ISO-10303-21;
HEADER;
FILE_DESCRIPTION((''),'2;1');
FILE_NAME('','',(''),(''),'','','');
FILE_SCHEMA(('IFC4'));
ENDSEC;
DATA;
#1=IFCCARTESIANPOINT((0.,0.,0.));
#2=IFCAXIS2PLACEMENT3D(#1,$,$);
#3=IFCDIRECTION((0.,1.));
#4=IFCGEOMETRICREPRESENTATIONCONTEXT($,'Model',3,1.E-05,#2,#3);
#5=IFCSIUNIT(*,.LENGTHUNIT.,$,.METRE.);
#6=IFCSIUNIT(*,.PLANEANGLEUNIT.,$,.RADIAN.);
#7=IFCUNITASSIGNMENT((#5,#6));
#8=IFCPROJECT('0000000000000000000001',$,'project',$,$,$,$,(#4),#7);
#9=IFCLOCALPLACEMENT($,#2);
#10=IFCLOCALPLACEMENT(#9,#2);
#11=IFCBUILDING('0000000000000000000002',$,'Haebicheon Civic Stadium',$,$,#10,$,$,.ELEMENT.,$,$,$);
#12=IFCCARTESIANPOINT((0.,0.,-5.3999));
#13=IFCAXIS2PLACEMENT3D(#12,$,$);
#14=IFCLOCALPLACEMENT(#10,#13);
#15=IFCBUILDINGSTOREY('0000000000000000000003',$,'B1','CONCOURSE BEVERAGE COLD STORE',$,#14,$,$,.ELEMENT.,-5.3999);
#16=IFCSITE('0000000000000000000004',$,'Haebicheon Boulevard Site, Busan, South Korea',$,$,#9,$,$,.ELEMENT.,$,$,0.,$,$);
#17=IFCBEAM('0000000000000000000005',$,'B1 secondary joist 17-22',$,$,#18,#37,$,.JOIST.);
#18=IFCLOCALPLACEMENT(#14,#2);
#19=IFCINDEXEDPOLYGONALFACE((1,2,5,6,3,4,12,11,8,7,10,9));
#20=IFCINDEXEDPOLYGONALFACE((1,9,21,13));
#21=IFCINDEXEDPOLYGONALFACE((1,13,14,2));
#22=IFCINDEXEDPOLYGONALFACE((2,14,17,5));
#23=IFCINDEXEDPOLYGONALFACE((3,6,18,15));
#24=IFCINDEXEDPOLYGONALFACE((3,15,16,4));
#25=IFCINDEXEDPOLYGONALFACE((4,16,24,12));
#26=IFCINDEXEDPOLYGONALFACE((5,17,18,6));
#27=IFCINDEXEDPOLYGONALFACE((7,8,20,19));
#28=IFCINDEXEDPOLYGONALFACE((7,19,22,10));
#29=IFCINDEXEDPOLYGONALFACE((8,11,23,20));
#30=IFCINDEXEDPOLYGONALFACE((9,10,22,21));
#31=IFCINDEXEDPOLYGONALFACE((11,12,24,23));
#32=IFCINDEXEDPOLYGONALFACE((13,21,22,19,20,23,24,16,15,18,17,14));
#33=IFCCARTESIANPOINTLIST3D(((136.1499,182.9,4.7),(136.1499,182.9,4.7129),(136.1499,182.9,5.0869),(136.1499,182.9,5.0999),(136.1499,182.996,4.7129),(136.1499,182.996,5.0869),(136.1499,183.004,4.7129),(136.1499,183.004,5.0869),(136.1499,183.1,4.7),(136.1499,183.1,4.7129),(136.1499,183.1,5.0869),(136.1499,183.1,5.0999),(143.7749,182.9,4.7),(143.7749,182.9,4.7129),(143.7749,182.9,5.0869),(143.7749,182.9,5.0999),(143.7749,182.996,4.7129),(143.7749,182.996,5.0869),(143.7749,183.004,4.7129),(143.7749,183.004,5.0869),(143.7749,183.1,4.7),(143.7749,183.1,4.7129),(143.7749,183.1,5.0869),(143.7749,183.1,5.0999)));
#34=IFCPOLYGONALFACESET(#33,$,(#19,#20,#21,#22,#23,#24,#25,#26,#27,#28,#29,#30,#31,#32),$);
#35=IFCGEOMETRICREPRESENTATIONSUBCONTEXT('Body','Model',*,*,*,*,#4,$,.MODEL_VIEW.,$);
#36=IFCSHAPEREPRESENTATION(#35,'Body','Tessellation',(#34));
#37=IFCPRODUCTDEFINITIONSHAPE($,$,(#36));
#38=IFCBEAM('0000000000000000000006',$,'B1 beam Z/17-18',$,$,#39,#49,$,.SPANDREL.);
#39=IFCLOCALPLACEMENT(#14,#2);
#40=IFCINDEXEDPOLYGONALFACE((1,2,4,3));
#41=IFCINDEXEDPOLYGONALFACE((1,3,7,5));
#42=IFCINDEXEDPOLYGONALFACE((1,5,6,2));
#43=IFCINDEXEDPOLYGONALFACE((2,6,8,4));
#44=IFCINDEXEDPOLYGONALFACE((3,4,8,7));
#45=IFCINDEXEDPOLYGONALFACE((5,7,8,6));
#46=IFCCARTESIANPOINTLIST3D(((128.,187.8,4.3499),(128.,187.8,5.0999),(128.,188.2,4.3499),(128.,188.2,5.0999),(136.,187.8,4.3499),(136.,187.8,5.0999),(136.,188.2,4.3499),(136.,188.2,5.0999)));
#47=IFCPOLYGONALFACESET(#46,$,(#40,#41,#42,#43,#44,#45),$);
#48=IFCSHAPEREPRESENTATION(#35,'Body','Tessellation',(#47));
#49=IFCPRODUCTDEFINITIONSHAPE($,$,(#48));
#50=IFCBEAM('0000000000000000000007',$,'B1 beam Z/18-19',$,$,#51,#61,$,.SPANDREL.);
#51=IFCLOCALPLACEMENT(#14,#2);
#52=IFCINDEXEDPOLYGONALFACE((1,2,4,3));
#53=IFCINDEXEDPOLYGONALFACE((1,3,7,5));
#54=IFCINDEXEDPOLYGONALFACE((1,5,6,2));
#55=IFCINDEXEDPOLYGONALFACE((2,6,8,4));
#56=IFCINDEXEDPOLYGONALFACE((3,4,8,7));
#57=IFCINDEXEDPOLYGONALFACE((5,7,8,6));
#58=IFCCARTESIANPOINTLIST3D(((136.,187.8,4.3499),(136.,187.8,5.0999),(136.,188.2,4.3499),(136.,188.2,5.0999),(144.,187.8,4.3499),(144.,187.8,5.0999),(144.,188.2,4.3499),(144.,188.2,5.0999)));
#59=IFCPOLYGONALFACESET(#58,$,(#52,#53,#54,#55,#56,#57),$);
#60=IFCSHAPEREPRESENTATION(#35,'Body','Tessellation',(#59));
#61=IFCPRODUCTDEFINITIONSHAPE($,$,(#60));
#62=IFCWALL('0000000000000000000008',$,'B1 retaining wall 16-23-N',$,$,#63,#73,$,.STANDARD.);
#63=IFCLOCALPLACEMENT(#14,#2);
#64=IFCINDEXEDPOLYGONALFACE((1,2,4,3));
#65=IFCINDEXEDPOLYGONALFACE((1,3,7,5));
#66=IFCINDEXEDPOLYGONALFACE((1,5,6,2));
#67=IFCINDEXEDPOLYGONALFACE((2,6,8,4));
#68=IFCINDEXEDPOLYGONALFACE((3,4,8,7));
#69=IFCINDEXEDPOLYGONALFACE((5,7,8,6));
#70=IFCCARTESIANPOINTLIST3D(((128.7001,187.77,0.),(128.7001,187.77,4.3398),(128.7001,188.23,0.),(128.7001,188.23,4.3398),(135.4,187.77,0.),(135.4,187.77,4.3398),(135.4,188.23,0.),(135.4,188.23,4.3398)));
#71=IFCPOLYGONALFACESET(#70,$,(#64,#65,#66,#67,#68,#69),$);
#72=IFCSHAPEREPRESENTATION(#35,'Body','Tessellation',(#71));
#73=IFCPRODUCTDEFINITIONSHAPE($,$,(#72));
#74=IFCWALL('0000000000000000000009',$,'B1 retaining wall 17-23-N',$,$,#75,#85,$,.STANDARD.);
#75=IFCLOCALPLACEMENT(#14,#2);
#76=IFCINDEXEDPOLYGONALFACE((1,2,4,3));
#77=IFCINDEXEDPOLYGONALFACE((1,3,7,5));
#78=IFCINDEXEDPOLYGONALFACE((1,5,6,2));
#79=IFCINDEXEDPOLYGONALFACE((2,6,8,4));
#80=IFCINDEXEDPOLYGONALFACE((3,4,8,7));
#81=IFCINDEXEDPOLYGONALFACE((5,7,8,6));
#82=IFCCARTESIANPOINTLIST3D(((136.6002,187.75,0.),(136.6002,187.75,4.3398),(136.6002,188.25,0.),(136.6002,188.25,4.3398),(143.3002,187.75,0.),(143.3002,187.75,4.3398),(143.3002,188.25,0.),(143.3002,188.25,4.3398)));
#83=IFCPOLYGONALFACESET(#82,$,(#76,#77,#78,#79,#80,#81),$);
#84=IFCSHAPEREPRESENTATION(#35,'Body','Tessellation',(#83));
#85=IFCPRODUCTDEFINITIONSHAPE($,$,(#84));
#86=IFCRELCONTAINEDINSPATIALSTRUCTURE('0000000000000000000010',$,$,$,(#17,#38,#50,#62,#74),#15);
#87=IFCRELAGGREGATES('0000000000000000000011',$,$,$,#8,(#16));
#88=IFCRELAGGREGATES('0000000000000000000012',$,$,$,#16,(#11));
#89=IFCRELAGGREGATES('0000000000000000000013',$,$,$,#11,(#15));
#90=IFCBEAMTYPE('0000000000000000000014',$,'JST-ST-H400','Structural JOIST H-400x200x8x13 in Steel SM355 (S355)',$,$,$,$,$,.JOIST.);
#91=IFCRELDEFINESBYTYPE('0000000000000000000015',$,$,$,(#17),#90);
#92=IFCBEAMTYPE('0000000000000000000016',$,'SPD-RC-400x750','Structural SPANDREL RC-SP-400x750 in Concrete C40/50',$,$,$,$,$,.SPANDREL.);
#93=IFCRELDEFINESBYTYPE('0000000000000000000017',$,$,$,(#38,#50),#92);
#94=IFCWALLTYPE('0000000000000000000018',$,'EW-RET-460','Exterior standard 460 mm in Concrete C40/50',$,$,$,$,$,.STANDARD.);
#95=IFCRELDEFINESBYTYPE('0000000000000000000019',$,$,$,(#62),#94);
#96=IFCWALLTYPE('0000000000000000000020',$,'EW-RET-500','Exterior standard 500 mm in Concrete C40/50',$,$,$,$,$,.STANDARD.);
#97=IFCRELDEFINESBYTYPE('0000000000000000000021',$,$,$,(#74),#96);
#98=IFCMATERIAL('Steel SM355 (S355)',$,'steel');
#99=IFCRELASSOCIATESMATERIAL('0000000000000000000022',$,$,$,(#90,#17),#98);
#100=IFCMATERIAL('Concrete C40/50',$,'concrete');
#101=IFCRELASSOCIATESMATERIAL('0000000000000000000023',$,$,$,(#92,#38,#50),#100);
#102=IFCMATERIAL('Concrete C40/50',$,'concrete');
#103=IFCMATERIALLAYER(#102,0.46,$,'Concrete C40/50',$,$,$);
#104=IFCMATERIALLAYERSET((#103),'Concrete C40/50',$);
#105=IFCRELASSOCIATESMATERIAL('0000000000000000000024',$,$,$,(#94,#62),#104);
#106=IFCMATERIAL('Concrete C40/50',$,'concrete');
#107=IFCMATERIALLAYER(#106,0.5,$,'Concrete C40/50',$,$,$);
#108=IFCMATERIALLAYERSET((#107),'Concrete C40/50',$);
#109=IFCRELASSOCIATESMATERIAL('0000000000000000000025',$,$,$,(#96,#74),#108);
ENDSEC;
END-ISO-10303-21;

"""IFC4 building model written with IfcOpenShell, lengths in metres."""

from ifc_helpers import new_model, si_unit, direction, frame, frame_2d, origin, origin_2d, place, context, subcontext, project, spatial, rectangle, i_section, extrude, material, layer, layer_set, material_profile, profile_set, type_object, element, save


model = new_model("IFC4")

# Units and contexts
model_context = context("Model", 3, precision=1e-05, world=origin(), true_north=direction((0.0, 1.0)))
body_context = subcontext(model_context, "Body", "Model", "MODEL_VIEW")
ifc_project = project(units=[si_unit("LENGTHUNIT", "METRE"), si_unit("PLANEANGLEUNIT", "RADIAN")], contexts=[model_context])

# Site, building, storey
site_placement = place(None, origin())
site = spatial("IfcSite", under=ifc_project, at=site_placement, Name="Haebicheon Boulevard Site, Busan, South Korea", CompositionType="ELEMENT", RefElevation=0.0)
building_placement = place(site_placement, origin())
building = spatial("IfcBuilding", under=site, at=building_placement, Name="Haebicheon Civic Stadium", CompositionType="ELEMENT")
storey_placement = place(building_placement, frame((0.0, 0.0, -5.3999)))
storey = spatial("IfcBuildingStorey", under=building, at=storey_placement, Name="B1", Description="CONCOURSE BEVERAGE COLD STORE", CompositionType="ELEMENT", Elevation=-5.3999)

# Beams
ifc_material_1 = material(Name="Steel SM355 (S355)", Category="steel")
ifc_material_profile_1 = material_profile(ifc_material_1, i_section(OverallWidth=0.2, OverallDepth=0.3999, WebThickness=0.0081, FlangeThickness=0.0129, at=origin_2d()), Name="H-400x200x8x13")
ifc_profile_set_1 = profile_set([ifc_material_profile_1], Name="Steel SM355 (S355)")
beam_type_1 = type_object("IfcBeamType", Name="JST-ST-H400", Description="Structural JOIST H-400x200x8x13 in Steel SM355 (S355)", PredefinedType="JOIST", material=ifc_profile_set_1)
beam_1_placement = place(storey_placement, frame((136.1499, 183.0, 4.8999), z_axis=(1.0, 0.0, 0.0), x_axis=(0.0, 1.0, 0.0)))
element("IfcBeam", 1, at=beam_1_placement, inside=storey, type_object=beam_type_1, material=ifc_profile_set_1, Name="B1 secondary joist 17-22", PredefinedType="JOIST", context=body_context, shape_type="SweptSolid", body=[
    extrude(i_section(OverallWidth=0.2, OverallDepth=0.3999, WebThickness=0.0081, FlangeThickness=0.0129, at=origin_2d()), origin(), (0.0, 0.0, 1.0), 7.625),
])
ifc_material_2 = material(Name="Concrete C40/50", Category="concrete")
ifc_material_profile_2 = material_profile(ifc_material_2, rectangle(XDim=0.3999, YDim=0.75, at=origin_2d()), Name="RC-SP-400x750")
ifc_profile_set_2 = profile_set([ifc_material_profile_2], Name="Concrete C40/50")
beam_type_2 = type_object("IfcBeamType", Name="SPD-RC-400x750", Description="Structural SPANDREL RC-SP-400x750 in Concrete C40/50", PredefinedType="SPANDREL", material=ifc_profile_set_2)
for number, where, z_axis, x_axis, name in (
    (2, (128.0, 188.0, 4.7249), (1.0, 0.0, 0.0), (0.0, 1.0, 0.0), "B1 beam Z/17-18"),
    (3, (136.0, 188.0, 4.7249), (1.0, 0.0, 0.0), (0.0, 1.0, 0.0), "B1 beam Z/18-19"),
):
    element("IfcBeam", number, at=place(storey_placement, frame(where, z_axis=z_axis, x_axis=x_axis)), inside=storey, type_object=beam_type_2, material=ifc_profile_set_2, Name=name, PredefinedType="SPANDREL", context=body_context, shape_type="SweptSolid", body=[
        extrude(rectangle(XDim=0.3999, YDim=0.75, at=origin_2d()), origin(), (0.0, 0.0, 1.0), 8.0),
    ])

# Walls
ifc_material_3 = material(Name="Concrete C40/50", Category="concrete")
ifc_layer_1 = layer(ifc_material_3, 0.46, Name="Concrete C40/50")
ifc_layer_set_1 = layer_set([ifc_layer_1], Name="Concrete C40/50")
wall_type_1 = type_object("IfcWallType", Name="EW-RET-460", Description="Exterior standard 460 mm in Concrete C40/50", PredefinedType="STANDARD", material=ifc_layer_set_1)
wall_1_placement = place(storey_placement, frame((128.7, 188.0, 0.0), z_axis=(0.0, 0.0, 1.0), x_axis=(1.0, 0.0, 0.0)))
element("IfcWall", 4, at=wall_1_placement, inside=storey, type_object=wall_type_1, material=ifc_layer_set_1, Name="B1 retaining wall 16-23-N", PredefinedType="STANDARD", context=body_context, shape_type="SweptSolid", body=[
    extrude(rectangle(XDim=6.7, YDim=0.46, at=frame_2d((3.3501, 0.0))), origin(), (0.0, 0.0, 1.0), 4.3398),
])
ifc_material_4 = material(Name="Concrete C40/50", Category="concrete")
ifc_layer_2 = layer(ifc_material_4, 0.5, Name="Concrete C40/50")
ifc_layer_set_2 = layer_set([ifc_layer_2], Name="Concrete C40/50")
wall_type_2 = type_object("IfcWallType", Name="EW-RET-500", Description="Exterior standard 500 mm in Concrete C40/50", PredefinedType="STANDARD", material=ifc_layer_set_2)
wall_2_placement = place(storey_placement, frame((136.6001, 188.0, 0.0), z_axis=(0.0, 0.0, 1.0), x_axis=(1.0, 0.0, 0.0)))
element("IfcWall", 5, at=wall_2_placement, inside=storey, type_object=wall_type_2, material=ifc_layer_set_2, Name="B1 retaining wall 17-23-N", PredefinedType="STANDARD", context=body_context, shape_type="SweptSolid", body=[
    extrude(rectangle(XDim=6.7, YDim=0.5, at=frame_2d((3.3501, 0.0))), origin(), (0.0, 0.0, 1.0), 4.3398),
])

save(model, "model.ifc")
